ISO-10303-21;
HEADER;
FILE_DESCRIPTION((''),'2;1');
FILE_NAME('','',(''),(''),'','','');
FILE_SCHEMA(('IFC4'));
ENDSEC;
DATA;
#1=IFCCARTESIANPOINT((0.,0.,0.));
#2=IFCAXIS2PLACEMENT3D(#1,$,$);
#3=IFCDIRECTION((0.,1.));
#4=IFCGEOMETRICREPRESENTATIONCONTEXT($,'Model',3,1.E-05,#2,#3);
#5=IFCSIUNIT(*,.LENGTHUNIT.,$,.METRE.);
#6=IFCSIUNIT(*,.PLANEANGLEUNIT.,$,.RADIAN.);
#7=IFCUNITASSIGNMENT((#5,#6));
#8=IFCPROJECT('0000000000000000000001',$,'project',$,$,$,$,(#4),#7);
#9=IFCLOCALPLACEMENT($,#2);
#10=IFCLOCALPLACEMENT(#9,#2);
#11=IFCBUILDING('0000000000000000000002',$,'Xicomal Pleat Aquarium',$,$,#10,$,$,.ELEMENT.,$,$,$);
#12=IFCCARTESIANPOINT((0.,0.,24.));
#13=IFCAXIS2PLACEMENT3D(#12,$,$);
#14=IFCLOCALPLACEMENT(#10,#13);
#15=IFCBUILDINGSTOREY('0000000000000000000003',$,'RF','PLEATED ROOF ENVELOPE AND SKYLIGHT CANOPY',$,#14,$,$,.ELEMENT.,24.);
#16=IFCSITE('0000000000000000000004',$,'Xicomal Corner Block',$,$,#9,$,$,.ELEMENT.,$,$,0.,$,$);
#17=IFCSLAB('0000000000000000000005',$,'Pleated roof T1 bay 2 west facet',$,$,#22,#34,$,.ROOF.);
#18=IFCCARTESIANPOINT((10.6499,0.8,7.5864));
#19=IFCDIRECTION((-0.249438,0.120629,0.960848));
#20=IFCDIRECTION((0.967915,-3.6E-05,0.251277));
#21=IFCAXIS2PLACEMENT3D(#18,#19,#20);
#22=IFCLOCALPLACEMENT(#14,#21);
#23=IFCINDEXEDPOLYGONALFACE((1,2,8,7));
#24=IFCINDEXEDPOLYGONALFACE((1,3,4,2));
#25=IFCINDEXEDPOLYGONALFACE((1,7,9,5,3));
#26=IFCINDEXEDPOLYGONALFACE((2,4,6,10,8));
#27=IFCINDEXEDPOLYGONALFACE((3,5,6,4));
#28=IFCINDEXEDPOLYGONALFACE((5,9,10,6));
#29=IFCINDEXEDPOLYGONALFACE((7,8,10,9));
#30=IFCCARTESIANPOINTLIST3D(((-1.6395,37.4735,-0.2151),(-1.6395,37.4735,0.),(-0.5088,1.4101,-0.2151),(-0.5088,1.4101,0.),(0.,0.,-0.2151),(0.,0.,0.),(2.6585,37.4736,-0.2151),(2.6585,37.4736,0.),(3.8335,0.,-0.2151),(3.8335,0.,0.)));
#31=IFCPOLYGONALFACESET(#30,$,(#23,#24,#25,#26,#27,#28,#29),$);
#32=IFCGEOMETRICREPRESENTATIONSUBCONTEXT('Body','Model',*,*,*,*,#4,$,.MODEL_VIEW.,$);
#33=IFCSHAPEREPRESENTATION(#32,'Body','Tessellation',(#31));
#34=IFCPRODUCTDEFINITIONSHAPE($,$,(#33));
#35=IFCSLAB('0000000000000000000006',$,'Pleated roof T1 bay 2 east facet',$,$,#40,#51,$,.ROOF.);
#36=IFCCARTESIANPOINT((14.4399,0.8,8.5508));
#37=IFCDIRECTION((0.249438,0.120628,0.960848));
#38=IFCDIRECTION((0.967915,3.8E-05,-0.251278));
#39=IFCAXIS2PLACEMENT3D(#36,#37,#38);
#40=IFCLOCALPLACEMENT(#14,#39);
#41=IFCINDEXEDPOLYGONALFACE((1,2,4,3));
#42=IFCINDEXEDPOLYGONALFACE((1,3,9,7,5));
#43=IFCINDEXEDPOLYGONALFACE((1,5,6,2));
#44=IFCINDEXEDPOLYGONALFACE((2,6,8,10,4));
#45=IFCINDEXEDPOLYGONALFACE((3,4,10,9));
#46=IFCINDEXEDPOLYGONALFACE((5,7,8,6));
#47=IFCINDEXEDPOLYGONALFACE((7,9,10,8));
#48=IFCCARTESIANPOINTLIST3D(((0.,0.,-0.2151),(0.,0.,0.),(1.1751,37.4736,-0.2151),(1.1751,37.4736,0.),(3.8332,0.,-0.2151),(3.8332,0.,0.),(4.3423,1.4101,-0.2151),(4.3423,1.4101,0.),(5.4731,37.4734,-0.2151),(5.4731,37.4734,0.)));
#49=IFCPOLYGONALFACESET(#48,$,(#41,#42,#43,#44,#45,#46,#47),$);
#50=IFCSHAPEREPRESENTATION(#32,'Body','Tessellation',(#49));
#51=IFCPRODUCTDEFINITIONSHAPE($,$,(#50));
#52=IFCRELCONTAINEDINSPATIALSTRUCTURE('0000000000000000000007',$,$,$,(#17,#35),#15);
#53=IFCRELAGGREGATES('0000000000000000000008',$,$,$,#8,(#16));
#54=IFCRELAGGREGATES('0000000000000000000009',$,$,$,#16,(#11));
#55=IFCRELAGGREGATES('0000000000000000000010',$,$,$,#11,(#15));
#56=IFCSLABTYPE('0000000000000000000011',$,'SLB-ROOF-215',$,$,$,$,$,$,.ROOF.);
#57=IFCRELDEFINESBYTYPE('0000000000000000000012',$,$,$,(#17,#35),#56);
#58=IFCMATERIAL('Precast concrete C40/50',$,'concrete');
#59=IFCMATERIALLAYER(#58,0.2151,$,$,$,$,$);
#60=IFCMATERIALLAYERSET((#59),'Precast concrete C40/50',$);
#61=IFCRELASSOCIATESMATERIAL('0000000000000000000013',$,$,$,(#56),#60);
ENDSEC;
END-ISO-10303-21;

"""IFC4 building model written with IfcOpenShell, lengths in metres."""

from ifc_helpers import new_model, si_unit, direction, frame, origin, place, context, subcontext, project, spatial, polyline, outline, extrude, material, layer, layer_set, type_object, element, save


model = new_model("IFC4")

# Units and contexts
model_context = context("Model", 3, precision=1e-05, world=origin(), true_north=direction((0.0, 1.0)))
body_context = subcontext(model_context, "Body", "Model", "MODEL_VIEW")
ifc_project = project(units=[si_unit("LENGTHUNIT", "METRE"), si_unit("PLANEANGLEUNIT", "RADIAN")], contexts=[model_context])

# Site, building, storey
site_placement = place(None, origin())
site = spatial("IfcSite", under=ifc_project, at=site_placement, Name="Xicomal Corner Block", CompositionType="ELEMENT", RefElevation=0.0)
building_placement = place(site_placement, origin())
building = spatial("IfcBuilding", under=site, at=building_placement, Name="Xicomal Pleat Aquarium", CompositionType="ELEMENT")
storey_placement = place(building_placement, frame((0.0, 0.0, 24.0)))
storey = spatial("IfcBuildingStorey", under=building, at=storey_placement, Name="RF", Description="PLEATED ROOF ENVELOPE AND SKYLIGHT CANOPY", CompositionType="ELEMENT", Elevation=24.0)

# Slabs
ifc_material_1 = material(Name="Precast concrete C40/50", Category="concrete")
ifc_layer_1 = layer(ifc_material_1, 0.2151)
ifc_layer_set_1 = layer_set([ifc_layer_1], Name="Precast concrete C40/50")
slab_type = type_object("IfcSlabType", Name="SLB-ROOF-215", PredefinedType="ROOF", material=ifc_layer_set_1)
slab_1_placement = place(storey_placement, frame((10.6499, 0.8, 7.5864), z_axis=(-0.249438, 0.120629, 0.960848), x_axis=(0.967915, -0.000036, 0.251277)))
element("IfcSlab", 1, at=slab_1_placement, inside=storey, type_object=slab_type, Name="Pleated roof T1 bay 2 west facet", PredefinedType="ROOF", context=body_context, shape_type="SweptSolid", body=[
    extrude(outline(polyline([(0.0, 0.0), (3.8335, 0.0), (2.6585, 37.4736), (-1.6395, 37.4735), (-0.5088, 1.4101), (0.0, 0.0)])), origin(), (0.0, 0.0, -1.0), 0.2151),
])
slab_2_placement = place(storey_placement, frame((14.4399, 0.8, 8.5508), z_axis=(0.249438, 0.120628, 0.960848), x_axis=(0.967915, 0.000038, -0.251278)))
element("IfcSlab", 2, at=slab_2_placement, inside=storey, type_object=slab_type, Name="Pleated roof T1 bay 2 east facet", PredefinedType="ROOF", context=body_context, shape_type="SweptSolid", body=[
    extrude(outline(polyline([(0.0, 0.0), (3.8332, 0.0), (4.3423, 1.4101), (5.4731, 37.4734), (1.1751, 37.4736), (0.0, 0.0)])), origin(), (0.0, 0.0, -1.0), 0.2151),
])

save(model, "model.ifc")
